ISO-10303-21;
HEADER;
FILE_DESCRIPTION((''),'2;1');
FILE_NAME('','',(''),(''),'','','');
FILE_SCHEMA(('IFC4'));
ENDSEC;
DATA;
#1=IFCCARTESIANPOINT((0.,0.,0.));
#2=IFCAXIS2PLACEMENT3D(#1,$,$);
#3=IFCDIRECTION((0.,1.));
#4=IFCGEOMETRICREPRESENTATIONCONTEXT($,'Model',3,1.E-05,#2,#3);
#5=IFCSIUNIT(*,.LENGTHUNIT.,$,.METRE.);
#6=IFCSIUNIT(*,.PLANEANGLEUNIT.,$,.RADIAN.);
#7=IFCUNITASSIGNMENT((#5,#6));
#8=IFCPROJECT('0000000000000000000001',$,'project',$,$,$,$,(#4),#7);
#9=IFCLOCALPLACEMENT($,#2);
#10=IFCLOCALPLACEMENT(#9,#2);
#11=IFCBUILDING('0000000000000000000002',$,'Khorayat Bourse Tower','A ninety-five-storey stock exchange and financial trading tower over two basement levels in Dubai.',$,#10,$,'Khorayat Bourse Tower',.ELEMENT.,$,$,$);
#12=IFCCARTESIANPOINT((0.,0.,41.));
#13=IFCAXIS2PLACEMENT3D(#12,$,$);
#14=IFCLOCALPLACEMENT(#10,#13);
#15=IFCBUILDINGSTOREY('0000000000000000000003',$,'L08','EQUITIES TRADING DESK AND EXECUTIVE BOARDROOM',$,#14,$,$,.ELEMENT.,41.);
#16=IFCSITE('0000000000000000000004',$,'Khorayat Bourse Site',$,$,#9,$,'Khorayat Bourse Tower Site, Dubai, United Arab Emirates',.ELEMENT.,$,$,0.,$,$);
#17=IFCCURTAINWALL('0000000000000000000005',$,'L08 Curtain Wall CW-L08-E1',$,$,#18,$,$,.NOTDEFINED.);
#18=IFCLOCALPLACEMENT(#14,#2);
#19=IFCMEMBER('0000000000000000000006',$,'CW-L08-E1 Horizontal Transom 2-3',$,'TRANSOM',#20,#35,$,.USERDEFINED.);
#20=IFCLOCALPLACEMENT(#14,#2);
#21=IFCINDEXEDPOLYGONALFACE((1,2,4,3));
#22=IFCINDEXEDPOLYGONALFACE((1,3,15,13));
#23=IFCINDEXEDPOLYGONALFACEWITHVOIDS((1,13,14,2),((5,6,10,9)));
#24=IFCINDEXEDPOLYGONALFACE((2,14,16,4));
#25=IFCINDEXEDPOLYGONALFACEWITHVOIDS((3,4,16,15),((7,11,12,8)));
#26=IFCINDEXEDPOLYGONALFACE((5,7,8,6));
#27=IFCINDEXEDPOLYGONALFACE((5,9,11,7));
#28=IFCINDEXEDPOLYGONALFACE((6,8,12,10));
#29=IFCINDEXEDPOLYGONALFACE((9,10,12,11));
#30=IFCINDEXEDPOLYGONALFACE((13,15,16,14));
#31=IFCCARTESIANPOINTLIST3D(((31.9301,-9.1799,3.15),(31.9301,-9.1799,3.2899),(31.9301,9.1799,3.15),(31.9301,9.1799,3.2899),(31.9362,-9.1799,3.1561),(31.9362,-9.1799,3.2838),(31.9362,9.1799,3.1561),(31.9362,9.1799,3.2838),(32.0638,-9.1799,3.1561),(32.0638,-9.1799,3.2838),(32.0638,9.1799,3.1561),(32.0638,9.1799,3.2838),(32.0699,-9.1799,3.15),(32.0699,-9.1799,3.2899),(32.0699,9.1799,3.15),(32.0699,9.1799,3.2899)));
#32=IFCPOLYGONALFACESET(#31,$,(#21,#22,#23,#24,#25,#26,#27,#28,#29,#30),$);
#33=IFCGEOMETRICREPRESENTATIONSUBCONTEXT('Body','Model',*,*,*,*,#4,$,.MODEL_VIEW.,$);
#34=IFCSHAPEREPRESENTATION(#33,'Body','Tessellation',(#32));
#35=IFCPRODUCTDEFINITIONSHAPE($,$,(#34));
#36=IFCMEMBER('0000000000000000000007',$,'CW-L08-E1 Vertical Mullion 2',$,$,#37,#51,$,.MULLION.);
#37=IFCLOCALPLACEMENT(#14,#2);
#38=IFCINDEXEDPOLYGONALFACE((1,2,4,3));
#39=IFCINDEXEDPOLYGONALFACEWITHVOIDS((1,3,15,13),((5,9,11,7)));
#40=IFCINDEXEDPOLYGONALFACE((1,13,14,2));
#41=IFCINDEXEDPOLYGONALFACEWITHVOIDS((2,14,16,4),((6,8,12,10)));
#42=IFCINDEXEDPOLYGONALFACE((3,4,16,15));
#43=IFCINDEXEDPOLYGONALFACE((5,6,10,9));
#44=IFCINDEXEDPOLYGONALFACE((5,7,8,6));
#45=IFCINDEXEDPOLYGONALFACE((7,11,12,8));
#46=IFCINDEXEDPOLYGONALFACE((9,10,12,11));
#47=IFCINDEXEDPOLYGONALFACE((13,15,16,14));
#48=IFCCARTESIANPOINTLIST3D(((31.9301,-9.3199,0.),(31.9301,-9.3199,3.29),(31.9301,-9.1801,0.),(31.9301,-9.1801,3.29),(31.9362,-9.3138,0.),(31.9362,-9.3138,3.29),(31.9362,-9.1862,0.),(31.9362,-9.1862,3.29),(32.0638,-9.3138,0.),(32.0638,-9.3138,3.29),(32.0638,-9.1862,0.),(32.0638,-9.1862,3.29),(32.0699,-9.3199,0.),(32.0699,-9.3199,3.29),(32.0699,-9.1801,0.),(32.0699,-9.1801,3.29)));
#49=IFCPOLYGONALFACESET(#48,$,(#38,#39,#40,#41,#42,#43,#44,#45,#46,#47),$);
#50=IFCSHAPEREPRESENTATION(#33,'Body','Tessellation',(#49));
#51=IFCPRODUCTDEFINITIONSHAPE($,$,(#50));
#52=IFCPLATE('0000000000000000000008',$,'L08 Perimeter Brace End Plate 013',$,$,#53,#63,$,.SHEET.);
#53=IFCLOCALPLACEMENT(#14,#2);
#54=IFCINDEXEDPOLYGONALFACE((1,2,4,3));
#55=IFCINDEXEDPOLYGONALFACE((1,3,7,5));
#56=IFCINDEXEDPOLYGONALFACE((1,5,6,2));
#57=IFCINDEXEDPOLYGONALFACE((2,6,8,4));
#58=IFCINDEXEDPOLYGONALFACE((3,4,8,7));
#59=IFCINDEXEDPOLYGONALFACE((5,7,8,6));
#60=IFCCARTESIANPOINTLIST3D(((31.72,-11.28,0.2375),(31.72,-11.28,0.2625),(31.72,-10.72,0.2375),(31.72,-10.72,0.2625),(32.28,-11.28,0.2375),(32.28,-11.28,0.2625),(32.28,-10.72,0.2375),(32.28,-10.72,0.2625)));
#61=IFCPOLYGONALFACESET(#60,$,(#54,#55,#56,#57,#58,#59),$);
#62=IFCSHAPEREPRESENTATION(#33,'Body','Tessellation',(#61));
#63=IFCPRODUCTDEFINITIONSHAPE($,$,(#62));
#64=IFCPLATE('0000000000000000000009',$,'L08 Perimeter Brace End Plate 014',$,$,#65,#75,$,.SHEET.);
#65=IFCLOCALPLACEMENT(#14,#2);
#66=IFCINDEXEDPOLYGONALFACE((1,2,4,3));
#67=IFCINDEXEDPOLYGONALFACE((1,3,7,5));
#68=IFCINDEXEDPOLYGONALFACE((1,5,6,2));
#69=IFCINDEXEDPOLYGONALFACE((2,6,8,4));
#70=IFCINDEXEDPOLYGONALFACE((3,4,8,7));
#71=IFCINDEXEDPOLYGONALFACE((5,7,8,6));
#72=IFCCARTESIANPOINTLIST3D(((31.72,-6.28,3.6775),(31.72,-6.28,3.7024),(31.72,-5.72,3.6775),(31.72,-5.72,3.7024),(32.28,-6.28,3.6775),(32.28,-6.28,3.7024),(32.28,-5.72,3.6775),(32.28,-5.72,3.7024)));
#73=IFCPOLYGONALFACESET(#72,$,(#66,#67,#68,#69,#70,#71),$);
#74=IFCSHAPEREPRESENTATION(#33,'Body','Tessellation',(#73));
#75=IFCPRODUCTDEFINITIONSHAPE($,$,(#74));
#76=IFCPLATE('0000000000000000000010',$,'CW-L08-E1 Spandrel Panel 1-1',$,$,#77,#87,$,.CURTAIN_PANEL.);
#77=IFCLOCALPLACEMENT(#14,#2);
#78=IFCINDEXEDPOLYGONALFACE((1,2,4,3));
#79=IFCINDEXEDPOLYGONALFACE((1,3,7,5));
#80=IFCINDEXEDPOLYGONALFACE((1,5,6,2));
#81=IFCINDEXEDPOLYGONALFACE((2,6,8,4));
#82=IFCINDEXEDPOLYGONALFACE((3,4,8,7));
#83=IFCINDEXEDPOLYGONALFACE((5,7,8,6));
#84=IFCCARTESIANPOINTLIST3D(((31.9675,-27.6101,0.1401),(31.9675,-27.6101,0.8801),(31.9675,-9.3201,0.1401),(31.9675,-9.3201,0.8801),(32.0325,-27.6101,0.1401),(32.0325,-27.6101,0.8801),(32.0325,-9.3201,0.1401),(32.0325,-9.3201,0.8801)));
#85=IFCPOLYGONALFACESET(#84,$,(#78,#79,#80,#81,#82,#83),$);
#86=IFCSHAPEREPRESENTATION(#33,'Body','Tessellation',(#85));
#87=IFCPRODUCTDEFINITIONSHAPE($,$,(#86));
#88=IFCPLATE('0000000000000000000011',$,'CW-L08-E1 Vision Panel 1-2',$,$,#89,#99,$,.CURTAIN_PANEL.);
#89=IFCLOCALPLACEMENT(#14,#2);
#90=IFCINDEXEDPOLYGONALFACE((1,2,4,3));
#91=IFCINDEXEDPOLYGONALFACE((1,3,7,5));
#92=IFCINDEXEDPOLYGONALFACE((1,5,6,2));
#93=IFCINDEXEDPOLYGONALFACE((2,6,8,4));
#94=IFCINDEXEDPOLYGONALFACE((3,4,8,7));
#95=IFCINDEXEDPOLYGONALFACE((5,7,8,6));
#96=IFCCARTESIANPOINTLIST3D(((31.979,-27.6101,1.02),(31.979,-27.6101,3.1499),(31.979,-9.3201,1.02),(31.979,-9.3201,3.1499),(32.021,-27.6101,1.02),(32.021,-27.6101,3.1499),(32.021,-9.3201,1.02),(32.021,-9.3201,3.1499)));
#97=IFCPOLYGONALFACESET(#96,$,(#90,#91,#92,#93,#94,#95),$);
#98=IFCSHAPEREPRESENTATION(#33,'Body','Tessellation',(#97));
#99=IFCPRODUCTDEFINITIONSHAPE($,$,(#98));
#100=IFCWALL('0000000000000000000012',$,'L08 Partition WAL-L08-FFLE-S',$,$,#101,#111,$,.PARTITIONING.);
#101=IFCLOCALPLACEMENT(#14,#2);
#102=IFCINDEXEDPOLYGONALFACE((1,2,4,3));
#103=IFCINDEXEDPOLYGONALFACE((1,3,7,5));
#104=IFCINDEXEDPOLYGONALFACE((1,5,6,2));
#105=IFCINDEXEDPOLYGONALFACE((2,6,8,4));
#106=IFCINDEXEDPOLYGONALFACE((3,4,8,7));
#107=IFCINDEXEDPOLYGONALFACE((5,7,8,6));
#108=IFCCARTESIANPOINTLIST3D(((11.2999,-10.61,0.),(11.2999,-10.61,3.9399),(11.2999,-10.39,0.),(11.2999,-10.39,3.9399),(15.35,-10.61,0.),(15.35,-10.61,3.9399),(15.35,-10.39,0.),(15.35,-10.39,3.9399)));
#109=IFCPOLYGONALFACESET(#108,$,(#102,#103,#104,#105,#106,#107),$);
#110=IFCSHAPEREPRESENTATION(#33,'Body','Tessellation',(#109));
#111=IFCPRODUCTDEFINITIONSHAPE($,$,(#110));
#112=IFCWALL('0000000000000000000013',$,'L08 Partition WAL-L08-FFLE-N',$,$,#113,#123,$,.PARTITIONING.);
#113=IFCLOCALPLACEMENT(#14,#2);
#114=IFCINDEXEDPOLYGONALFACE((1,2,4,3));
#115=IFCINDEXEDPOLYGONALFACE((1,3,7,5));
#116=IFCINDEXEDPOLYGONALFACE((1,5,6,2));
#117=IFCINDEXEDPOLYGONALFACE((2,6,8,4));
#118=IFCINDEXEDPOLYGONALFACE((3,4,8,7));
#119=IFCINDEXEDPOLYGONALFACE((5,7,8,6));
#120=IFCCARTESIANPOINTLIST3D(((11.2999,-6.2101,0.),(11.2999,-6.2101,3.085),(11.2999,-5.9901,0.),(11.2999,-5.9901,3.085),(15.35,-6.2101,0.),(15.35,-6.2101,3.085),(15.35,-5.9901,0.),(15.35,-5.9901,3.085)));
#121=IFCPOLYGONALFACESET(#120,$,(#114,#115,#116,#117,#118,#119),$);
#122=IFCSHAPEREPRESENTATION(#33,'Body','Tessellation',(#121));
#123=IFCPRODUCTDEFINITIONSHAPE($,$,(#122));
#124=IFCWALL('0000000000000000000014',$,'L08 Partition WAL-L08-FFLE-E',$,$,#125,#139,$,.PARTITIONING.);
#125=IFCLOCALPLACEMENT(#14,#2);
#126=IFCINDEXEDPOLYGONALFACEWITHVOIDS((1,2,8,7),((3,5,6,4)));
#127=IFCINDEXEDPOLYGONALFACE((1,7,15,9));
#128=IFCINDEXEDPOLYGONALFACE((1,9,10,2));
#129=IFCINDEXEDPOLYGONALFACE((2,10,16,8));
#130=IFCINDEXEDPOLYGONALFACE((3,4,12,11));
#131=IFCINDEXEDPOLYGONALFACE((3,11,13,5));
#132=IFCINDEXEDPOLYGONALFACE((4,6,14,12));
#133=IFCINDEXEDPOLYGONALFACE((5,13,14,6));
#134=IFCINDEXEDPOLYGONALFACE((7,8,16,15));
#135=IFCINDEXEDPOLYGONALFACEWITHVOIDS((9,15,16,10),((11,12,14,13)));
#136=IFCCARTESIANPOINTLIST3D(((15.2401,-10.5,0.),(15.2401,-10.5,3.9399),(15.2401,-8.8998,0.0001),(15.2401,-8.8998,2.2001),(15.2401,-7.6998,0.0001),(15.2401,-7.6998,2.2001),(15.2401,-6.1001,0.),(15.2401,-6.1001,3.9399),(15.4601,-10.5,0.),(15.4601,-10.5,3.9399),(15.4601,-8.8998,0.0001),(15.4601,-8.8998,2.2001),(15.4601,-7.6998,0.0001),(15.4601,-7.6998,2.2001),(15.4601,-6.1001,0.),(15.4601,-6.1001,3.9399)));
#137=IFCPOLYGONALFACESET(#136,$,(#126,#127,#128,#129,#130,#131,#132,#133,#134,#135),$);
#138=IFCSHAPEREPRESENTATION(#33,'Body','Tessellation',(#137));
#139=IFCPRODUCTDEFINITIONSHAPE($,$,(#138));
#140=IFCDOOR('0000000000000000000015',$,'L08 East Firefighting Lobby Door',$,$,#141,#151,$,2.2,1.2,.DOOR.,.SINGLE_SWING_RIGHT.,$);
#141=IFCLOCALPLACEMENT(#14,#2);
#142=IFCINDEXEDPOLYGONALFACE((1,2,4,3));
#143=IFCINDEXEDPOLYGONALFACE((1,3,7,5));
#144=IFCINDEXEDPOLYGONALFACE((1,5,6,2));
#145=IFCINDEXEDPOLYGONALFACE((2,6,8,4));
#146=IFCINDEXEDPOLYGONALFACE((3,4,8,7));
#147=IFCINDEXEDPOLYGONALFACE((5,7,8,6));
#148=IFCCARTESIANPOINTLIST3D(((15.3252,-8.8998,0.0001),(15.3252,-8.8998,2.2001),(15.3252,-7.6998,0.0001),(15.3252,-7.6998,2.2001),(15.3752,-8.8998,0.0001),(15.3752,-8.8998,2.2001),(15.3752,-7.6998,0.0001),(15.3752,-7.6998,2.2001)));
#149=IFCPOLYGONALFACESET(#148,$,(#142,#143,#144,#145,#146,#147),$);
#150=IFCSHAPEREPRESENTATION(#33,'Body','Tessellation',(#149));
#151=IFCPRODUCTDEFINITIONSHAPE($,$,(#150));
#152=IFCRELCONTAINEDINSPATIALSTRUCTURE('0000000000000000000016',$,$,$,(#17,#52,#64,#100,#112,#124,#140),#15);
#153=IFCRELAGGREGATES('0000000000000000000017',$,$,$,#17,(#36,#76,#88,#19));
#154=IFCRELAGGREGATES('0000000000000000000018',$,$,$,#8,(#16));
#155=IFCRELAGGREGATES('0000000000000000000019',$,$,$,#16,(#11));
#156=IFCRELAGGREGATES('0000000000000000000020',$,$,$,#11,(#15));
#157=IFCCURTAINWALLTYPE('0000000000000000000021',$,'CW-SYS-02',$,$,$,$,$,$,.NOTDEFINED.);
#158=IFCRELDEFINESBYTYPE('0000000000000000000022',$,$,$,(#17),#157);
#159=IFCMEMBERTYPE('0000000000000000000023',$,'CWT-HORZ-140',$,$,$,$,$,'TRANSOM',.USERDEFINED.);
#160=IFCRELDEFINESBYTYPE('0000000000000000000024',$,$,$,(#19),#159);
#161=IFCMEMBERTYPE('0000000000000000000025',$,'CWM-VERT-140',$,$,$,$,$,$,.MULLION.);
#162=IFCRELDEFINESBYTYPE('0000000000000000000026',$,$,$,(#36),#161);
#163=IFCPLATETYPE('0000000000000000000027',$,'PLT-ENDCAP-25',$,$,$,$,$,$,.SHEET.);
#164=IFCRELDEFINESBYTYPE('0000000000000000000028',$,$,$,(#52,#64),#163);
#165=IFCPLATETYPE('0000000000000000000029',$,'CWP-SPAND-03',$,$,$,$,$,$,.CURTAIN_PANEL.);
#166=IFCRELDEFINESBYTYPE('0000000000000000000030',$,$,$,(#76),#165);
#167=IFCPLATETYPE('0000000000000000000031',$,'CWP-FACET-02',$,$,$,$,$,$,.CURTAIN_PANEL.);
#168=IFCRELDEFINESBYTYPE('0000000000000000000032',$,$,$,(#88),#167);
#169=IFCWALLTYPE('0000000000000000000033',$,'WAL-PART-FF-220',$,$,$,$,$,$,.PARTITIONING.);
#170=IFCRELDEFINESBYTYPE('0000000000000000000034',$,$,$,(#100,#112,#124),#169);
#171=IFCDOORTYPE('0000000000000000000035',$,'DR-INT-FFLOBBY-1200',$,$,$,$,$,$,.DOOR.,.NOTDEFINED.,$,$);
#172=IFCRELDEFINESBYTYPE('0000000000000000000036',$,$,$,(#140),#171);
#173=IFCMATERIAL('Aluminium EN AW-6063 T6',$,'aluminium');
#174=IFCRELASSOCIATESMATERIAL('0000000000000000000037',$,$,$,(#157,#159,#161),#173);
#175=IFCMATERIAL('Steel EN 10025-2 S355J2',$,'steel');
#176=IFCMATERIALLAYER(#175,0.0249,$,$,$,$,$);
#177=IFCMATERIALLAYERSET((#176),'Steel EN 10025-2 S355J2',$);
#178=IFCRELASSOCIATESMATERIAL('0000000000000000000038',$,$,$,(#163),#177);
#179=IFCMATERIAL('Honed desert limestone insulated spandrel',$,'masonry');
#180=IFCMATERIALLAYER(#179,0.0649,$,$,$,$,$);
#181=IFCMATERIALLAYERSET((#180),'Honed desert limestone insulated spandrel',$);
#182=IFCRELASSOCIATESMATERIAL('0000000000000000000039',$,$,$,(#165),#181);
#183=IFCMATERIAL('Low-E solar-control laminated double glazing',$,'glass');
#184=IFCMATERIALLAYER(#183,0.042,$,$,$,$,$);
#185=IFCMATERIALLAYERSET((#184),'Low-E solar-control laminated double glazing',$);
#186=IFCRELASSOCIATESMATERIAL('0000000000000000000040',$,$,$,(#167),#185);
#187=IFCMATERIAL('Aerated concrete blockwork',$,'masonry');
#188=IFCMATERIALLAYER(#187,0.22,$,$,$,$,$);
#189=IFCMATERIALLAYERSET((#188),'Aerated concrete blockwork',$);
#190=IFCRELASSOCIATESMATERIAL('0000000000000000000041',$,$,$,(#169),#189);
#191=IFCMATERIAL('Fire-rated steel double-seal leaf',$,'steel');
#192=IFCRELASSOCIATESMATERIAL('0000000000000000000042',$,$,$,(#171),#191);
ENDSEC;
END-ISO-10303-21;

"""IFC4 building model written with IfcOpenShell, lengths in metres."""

from ifc_helpers import new_model, si_unit, direction, frame, frame_2d, origin, origin_2d, place, context, subcontext, project, spatial, rectangle, hollow_rectangle, extrude, source, transform, mapped, material, layer, layer_set, material_profile, profile_set, type_object, element, fill, aggregate, save


model = new_model("IFC4")

# Units and contexts
model_context = context("Model", 3, precision=1e-05, world=origin(), true_north=direction((0.0, 1.0)))
body_context = subcontext(model_context, "Body", "Model", "MODEL_VIEW")
ifc_project = project(units=[si_unit("LENGTHUNIT", "METRE"), si_unit("PLANEANGLEUNIT", "RADIAN")], contexts=[model_context])

# Site, building, storey
site_placement = place(None, origin())
site = spatial("IfcSite", under=ifc_project, at=site_placement, Name="Khorayat Bourse Site", LongName="Khorayat Bourse Tower Site, Dubai, United Arab Emirates", CompositionType="ELEMENT", RefElevation=0.0)
building_placement = place(site_placement, origin())
building = spatial("IfcBuilding", under=site, at=building_placement, Name="Khorayat Bourse Tower", Description="A ninety-five-storey stock exchange and financial trading tower over two basement levels in Dubai.", LongName="Khorayat Bourse Tower", CompositionType="ELEMENT")
storey_placement = place(building_placement, frame((0.0, 0.0, 41.0)))
storey = spatial("IfcBuildingStorey", under=building, at=storey_placement, Name="L08", Description="EQUITIES TRADING DESK AND EXECUTIVE BOARDROOM", CompositionType="ELEMENT", Elevation=41.0)

# Curtain wall, members
ifc_material_1 = material(Name="Aluminium EN AW-6063 T6", Category="aluminium")
curtain_wall_type = type_object("IfcCurtainWallType", Name="CW-SYS-02", PredefinedType="NOTDEFINED", material=ifc_material_1)
curtain_wall_placement = place(storey_placement, origin())
curtain_wall = element("IfcCurtainWall", 1, at=curtain_wall_placement, inside=storey, type_object=curtain_wall_type, Name="L08 Curtain Wall CW-L08-E1", PredefinedType="NOTDEFINED")
ifc_material_profile_1 = material_profile(ifc_material_1, hollow_rectangle(XDim=0.1399, YDim=0.1399, WallThickness=0.0061, at=origin_2d()), Name="ALU 140x140x6")
ifc_profile_set_1 = profile_set([ifc_material_profile_1], Name="Aluminium EN AW-6063 T6")
member_type_1 = type_object("IfcMemberType", Name="CWT-HORZ-140", ElementType="TRANSOM", PredefinedType="USERDEFINED", material=ifc_profile_set_1)
shared_shape_1 = source(origin(), body_context, "Body", "SweptSolid", [
    extrude(hollow_rectangle(XDim=0.1399, YDim=0.1399, WallThickness=0.0061, at=origin_2d()), origin(), (0.0, 0.0, 1.0), 18.3599),
])
member_1_placement = place(storey_placement, frame((32.0, -9.1799, 3.22), z_axis=(0.0, 1.0, 0.0), x_axis=(-1.0, 0.0, 0.0)))
member_1 = element("IfcMember", 2, at=member_1_placement, type_object=member_type_1, Name="CW-L08-E1 Horizontal Transom 2-3", ObjectType="TRANSOM", PredefinedType="USERDEFINED", context=body_context, shape_type="MappedRepresentation", body=[
    mapped(shared_shape_1, transform((0.0, 0.0, 0.0), scale=1.0)),
])
ifc_material_profile_2 = material_profile(ifc_material_1, hollow_rectangle(XDim=0.1399, YDim=0.1399, WallThickness=0.0061, at=origin_2d()), Name="ALU 140x140x6")
ifc_profile_set_2 = profile_set([ifc_material_profile_2], Name="Aluminium EN AW-6063 T6")
member_type_2 = type_object("IfcMemberType", Name="CWM-VERT-140", PredefinedType="MULLION", material=ifc_profile_set_2)
shared_shape_2 = source(origin(), body_context, "Body", "SweptSolid", [
    extrude(hollow_rectangle(XDim=0.1399, YDim=0.1399, WallThickness=0.0061, at=origin_2d()), origin(), (0.0, 0.0, 1.0), 3.29),
])
member_2_placement = place(storey_placement, frame((32.0, -9.25, 0.0), z_axis=(0.0, 0.0, 1.0), x_axis=(-1.0, 0.0, 0.0)))
member_2 = element("IfcMember", 3, at=member_2_placement, type_object=member_type_2, Name="CW-L08-E1 Vertical Mullion 2", PredefinedType="MULLION", context=body_context, shape_type="MappedRepresentation", body=[
    mapped(shared_shape_2, transform((0.0, 0.0, 0.0), scale=1.0)),
])

# Plates
ifc_material_2 = material(Name="Steel EN 10025-2 S355J2", Category="steel")
ifc_layer_1 = layer(ifc_material_2, 0.0249)
ifc_layer_set_1 = layer_set([ifc_layer_1], Name="Steel EN 10025-2 S355J2")
plate_type_1 = type_object("IfcPlateType", Name="PLT-ENDCAP-25", PredefinedType="SHEET", material=ifc_layer_set_1)
shared_shape_3 = source(origin(), body_context, "Body", "SweptSolid", [
    extrude(rectangle(XDim=0.5601, YDim=0.5601, at=origin_2d()), origin(), (0.0, 0.0, 1.0), 0.0249),
])
for number, where, z_axis, x_axis, name in (
    (4, (32.0, -11.0, 0.2375), (0.0, 0.0, 1.0), (1.0, 0.0, 0.0), "L08 Perimeter Brace End Plate 013"),
    (5, (32.0, -6.0, 3.6775), (0.0, 0.0, 1.0), (1.0, 0.0, 0.0), "L08 Perimeter Brace End Plate 014"),
):
    element("IfcPlate", number, at=place(storey_placement, frame(where, z_axis=z_axis, x_axis=x_axis)), inside=storey, type_object=plate_type_1, Name=name, PredefinedType="SHEET", context=body_context, shape_type="MappedRepresentation", body=[
        mapped(shared_shape_3, transform((0.0, 0.0, 0.0), scale=1.0)),
    ])

# Plates
ifc_material_3 = material(Name="Honed desert limestone insulated spandrel", Category="masonry")
ifc_layer_2 = layer(ifc_material_3, 0.0649)
ifc_layer_set_2 = layer_set([ifc_layer_2], Name="Honed desert limestone insulated spandrel")
plate_type_2 = type_object("IfcPlateType", Name="CWP-SPAND-03", PredefinedType="CURTAIN_PANEL", material=ifc_layer_set_2)
shared_shape_4 = source(origin(), body_context, "Body", "SweptSolid", [
    extrude(rectangle(XDim=18.29, YDim=0.0649, at=origin_2d()), origin(), (0.0, 0.0, 1.0), 0.74),
])
plate_1_placement = place(storey_placement, frame((32.0, -18.4651, 0.1401), z_axis=(0.0, 0.0, 1.0), x_axis=(0.0, 1.0, 0.0)))
plate_1 = element("IfcPlate", 6, at=plate_1_placement, type_object=plate_type_2, Name="CW-L08-E1 Spandrel Panel 1-1", PredefinedType="CURTAIN_PANEL", context=body_context, shape_type="MappedRepresentation", body=[
    mapped(shared_shape_4, transform((0.0, 0.0, 0.0), scale=1.0)),
])
ifc_material_4 = material(Name="Low-E solar-control laminated double glazing", Category="glass")
ifc_layer_3 = layer(ifc_material_4, 0.042)
ifc_layer_set_3 = layer_set([ifc_layer_3], Name="Low-E solar-control laminated double glazing")
plate_type_3 = type_object("IfcPlateType", Name="CWP-FACET-02", PredefinedType="CURTAIN_PANEL", material=ifc_layer_set_3)
shared_shape_5 = source(origin(), body_context, "Body", "SweptSolid", [
    extrude(rectangle(XDim=18.29, YDim=0.042, at=origin_2d()), origin(), (0.0, 0.0, 1.0), 2.1299),
])
plate_2_placement = place(storey_placement, frame((32.0, -18.4651, 1.02), z_axis=(0.0, 0.0, 1.0), x_axis=(0.0, 1.0, 0.0)))
plate_2 = element("IfcPlate", 7, at=plate_2_placement, type_object=plate_type_3, Name="CW-L08-E1 Vision Panel 1-2", PredefinedType="CURTAIN_PANEL", context=body_context, shape_type="MappedRepresentation", body=[
    mapped(shared_shape_5, transform((0.0, 0.0, 0.0), scale=1.0)),
])
aggregate(curtain_wall, [member_2, plate_1, plate_2, member_1])

# Walls
ifc_material_5 = material(Name="Aerated concrete blockwork", Category="masonry")
ifc_layer_4 = layer(ifc_material_5, 0.22)
ifc_layer_set_4 = layer_set([ifc_layer_4], Name="Aerated concrete blockwork")
wall_type_1 = type_object("IfcWallType", Name="WAL-PART-FF-220", PredefinedType="PARTITIONING", material=ifc_layer_set_4)
shared_shape_6 = source(origin(), body_context, "Body", "SweptSolid", [
    extrude(rectangle(XDim=4.05, YDim=0.22, at=frame_2d((2.0249, 0.0))), origin(), (0.0, 0.0, 1.0), 3.9399),
])
wall_1_placement = place(storey_placement, frame((11.3, -10.5, 0.0), z_axis=(0.0, 0.0, 1.0), x_axis=(1.0, 0.0, 0.0)))
element("IfcWall", 8, at=wall_1_placement, inside=storey, type_object=wall_type_1, Name="L08 Partition WAL-L08-FFLE-S", PredefinedType="PARTITIONING", context=body_context, shape_type="MappedRepresentation", body=[
    mapped(shared_shape_6, transform((0.0, 0.0, 0.0), scale=1.0)),
])
shared_shape_7 = source(origin(), body_context, "Body", "SweptSolid", [
    extrude(rectangle(XDim=4.05, YDim=0.22, at=frame_2d((2.0249, 0.0))), origin(), (0.0, 0.0, 1.0), 3.085),
])
wall_2_placement = place(storey_placement, frame((11.3, -6.1001, 0.0), z_axis=(0.0, 0.0, 1.0), x_axis=(1.0, 0.0, 0.0)))
element("IfcWall", 9, at=wall_2_placement, inside=storey, type_object=wall_type_1, Name="L08 Partition WAL-L08-FFLE-N", PredefinedType="PARTITIONING", context=body_context, shape_type="MappedRepresentation", body=[
    mapped(shared_shape_7, transform((0.0, 0.0, 0.0), scale=1.0)),
])

# Wall, opening, door
shared_shape_8 = source(origin(), body_context, "Body", "SweptSolid", [
    extrude(rectangle(XDim=4.3999, YDim=0.22, at=frame_2d((2.2, 0.0))), origin(), (0.0, 0.0, 1.0), 3.9399),
])
wall_3_placement = place(storey_placement, frame((15.3501, -10.5, 0.0), z_axis=(0.0, 0.0, 1.0), x_axis=(0.0, 1.0, 0.0)))
wall_3 = element("IfcWall", 10, at=wall_3_placement, inside=storey, type_object=wall_type_1, Name="L08 Partition WAL-L08-FFLE-E", PredefinedType="PARTITIONING", context=body_context, shape_type="MappedRepresentation", body=[
    mapped(shared_shape_8, transform((0.0, 0.0, 0.0), scale=1.0)),
])
shared_shape_9 = source(origin(), body_context, "Body", "SweptSolid", [
    extrude(rectangle(XDim=1.2, YDim=2.2, at=frame_2d((0.6001, 1.1001))), frame((0.0, 0.1199, 0.0), z_axis=(0.0, -1.0, 0.0), x_axis=(1.0, 0.0, 0.0)), (0.0, 0.0, 1.0), 0.24),
])
opening_1_placement = place(wall_3_placement, frame((1.6001, 0.0, 0.0)))
opening_1 = element("IfcOpeningElement", 11, at=opening_1_placement, cuts=wall_3, PredefinedType="OPENING", context=body_context, shape_type="MappedRepresentation", body=[
    mapped(shared_shape_9, transform((0.0, 0.0, 0.0), scale=1.0)),
])
ifc_material_6 = material(Name="Fire-rated steel double-seal leaf", Category="steel")
door_type_1 = type_object("IfcDoorType", Name="DR-INT-FFLOBBY-1200", OperationType="NOTDEFINED", PredefinedType="DOOR", material=ifc_material_6)
shared_shape_10 = source(origin(), body_context, "Body", "SweptSolid", [
    extrude(rectangle(XDim=1.2, YDim=2.2, at=frame_2d((0.6001, 1.1001))), frame((0.0, 0.0249, 0.0), z_axis=(0.0, -1.0, 0.0), x_axis=(1.0, 0.0, 0.0)), (0.0, 0.0, 1.0), 0.05),
])
door_1_placement = place(opening_1_placement, origin())
door_1 = element("IfcDoor", 12, at=door_1_placement, inside=storey, type_object=door_type_1, Name="L08 East Firefighting Lobby Door", OperationType="SINGLE_SWING_RIGHT", OverallHeight=2.2, OverallWidth=1.2, PredefinedType="DOOR", context=body_context, shape_type="MappedRepresentation", body=[
    mapped(shared_shape_10, transform((0.0, 0.0, 0.0), scale=1.0)),
])
fill(opening_1, door_1)

save(model, "model.ifc")
